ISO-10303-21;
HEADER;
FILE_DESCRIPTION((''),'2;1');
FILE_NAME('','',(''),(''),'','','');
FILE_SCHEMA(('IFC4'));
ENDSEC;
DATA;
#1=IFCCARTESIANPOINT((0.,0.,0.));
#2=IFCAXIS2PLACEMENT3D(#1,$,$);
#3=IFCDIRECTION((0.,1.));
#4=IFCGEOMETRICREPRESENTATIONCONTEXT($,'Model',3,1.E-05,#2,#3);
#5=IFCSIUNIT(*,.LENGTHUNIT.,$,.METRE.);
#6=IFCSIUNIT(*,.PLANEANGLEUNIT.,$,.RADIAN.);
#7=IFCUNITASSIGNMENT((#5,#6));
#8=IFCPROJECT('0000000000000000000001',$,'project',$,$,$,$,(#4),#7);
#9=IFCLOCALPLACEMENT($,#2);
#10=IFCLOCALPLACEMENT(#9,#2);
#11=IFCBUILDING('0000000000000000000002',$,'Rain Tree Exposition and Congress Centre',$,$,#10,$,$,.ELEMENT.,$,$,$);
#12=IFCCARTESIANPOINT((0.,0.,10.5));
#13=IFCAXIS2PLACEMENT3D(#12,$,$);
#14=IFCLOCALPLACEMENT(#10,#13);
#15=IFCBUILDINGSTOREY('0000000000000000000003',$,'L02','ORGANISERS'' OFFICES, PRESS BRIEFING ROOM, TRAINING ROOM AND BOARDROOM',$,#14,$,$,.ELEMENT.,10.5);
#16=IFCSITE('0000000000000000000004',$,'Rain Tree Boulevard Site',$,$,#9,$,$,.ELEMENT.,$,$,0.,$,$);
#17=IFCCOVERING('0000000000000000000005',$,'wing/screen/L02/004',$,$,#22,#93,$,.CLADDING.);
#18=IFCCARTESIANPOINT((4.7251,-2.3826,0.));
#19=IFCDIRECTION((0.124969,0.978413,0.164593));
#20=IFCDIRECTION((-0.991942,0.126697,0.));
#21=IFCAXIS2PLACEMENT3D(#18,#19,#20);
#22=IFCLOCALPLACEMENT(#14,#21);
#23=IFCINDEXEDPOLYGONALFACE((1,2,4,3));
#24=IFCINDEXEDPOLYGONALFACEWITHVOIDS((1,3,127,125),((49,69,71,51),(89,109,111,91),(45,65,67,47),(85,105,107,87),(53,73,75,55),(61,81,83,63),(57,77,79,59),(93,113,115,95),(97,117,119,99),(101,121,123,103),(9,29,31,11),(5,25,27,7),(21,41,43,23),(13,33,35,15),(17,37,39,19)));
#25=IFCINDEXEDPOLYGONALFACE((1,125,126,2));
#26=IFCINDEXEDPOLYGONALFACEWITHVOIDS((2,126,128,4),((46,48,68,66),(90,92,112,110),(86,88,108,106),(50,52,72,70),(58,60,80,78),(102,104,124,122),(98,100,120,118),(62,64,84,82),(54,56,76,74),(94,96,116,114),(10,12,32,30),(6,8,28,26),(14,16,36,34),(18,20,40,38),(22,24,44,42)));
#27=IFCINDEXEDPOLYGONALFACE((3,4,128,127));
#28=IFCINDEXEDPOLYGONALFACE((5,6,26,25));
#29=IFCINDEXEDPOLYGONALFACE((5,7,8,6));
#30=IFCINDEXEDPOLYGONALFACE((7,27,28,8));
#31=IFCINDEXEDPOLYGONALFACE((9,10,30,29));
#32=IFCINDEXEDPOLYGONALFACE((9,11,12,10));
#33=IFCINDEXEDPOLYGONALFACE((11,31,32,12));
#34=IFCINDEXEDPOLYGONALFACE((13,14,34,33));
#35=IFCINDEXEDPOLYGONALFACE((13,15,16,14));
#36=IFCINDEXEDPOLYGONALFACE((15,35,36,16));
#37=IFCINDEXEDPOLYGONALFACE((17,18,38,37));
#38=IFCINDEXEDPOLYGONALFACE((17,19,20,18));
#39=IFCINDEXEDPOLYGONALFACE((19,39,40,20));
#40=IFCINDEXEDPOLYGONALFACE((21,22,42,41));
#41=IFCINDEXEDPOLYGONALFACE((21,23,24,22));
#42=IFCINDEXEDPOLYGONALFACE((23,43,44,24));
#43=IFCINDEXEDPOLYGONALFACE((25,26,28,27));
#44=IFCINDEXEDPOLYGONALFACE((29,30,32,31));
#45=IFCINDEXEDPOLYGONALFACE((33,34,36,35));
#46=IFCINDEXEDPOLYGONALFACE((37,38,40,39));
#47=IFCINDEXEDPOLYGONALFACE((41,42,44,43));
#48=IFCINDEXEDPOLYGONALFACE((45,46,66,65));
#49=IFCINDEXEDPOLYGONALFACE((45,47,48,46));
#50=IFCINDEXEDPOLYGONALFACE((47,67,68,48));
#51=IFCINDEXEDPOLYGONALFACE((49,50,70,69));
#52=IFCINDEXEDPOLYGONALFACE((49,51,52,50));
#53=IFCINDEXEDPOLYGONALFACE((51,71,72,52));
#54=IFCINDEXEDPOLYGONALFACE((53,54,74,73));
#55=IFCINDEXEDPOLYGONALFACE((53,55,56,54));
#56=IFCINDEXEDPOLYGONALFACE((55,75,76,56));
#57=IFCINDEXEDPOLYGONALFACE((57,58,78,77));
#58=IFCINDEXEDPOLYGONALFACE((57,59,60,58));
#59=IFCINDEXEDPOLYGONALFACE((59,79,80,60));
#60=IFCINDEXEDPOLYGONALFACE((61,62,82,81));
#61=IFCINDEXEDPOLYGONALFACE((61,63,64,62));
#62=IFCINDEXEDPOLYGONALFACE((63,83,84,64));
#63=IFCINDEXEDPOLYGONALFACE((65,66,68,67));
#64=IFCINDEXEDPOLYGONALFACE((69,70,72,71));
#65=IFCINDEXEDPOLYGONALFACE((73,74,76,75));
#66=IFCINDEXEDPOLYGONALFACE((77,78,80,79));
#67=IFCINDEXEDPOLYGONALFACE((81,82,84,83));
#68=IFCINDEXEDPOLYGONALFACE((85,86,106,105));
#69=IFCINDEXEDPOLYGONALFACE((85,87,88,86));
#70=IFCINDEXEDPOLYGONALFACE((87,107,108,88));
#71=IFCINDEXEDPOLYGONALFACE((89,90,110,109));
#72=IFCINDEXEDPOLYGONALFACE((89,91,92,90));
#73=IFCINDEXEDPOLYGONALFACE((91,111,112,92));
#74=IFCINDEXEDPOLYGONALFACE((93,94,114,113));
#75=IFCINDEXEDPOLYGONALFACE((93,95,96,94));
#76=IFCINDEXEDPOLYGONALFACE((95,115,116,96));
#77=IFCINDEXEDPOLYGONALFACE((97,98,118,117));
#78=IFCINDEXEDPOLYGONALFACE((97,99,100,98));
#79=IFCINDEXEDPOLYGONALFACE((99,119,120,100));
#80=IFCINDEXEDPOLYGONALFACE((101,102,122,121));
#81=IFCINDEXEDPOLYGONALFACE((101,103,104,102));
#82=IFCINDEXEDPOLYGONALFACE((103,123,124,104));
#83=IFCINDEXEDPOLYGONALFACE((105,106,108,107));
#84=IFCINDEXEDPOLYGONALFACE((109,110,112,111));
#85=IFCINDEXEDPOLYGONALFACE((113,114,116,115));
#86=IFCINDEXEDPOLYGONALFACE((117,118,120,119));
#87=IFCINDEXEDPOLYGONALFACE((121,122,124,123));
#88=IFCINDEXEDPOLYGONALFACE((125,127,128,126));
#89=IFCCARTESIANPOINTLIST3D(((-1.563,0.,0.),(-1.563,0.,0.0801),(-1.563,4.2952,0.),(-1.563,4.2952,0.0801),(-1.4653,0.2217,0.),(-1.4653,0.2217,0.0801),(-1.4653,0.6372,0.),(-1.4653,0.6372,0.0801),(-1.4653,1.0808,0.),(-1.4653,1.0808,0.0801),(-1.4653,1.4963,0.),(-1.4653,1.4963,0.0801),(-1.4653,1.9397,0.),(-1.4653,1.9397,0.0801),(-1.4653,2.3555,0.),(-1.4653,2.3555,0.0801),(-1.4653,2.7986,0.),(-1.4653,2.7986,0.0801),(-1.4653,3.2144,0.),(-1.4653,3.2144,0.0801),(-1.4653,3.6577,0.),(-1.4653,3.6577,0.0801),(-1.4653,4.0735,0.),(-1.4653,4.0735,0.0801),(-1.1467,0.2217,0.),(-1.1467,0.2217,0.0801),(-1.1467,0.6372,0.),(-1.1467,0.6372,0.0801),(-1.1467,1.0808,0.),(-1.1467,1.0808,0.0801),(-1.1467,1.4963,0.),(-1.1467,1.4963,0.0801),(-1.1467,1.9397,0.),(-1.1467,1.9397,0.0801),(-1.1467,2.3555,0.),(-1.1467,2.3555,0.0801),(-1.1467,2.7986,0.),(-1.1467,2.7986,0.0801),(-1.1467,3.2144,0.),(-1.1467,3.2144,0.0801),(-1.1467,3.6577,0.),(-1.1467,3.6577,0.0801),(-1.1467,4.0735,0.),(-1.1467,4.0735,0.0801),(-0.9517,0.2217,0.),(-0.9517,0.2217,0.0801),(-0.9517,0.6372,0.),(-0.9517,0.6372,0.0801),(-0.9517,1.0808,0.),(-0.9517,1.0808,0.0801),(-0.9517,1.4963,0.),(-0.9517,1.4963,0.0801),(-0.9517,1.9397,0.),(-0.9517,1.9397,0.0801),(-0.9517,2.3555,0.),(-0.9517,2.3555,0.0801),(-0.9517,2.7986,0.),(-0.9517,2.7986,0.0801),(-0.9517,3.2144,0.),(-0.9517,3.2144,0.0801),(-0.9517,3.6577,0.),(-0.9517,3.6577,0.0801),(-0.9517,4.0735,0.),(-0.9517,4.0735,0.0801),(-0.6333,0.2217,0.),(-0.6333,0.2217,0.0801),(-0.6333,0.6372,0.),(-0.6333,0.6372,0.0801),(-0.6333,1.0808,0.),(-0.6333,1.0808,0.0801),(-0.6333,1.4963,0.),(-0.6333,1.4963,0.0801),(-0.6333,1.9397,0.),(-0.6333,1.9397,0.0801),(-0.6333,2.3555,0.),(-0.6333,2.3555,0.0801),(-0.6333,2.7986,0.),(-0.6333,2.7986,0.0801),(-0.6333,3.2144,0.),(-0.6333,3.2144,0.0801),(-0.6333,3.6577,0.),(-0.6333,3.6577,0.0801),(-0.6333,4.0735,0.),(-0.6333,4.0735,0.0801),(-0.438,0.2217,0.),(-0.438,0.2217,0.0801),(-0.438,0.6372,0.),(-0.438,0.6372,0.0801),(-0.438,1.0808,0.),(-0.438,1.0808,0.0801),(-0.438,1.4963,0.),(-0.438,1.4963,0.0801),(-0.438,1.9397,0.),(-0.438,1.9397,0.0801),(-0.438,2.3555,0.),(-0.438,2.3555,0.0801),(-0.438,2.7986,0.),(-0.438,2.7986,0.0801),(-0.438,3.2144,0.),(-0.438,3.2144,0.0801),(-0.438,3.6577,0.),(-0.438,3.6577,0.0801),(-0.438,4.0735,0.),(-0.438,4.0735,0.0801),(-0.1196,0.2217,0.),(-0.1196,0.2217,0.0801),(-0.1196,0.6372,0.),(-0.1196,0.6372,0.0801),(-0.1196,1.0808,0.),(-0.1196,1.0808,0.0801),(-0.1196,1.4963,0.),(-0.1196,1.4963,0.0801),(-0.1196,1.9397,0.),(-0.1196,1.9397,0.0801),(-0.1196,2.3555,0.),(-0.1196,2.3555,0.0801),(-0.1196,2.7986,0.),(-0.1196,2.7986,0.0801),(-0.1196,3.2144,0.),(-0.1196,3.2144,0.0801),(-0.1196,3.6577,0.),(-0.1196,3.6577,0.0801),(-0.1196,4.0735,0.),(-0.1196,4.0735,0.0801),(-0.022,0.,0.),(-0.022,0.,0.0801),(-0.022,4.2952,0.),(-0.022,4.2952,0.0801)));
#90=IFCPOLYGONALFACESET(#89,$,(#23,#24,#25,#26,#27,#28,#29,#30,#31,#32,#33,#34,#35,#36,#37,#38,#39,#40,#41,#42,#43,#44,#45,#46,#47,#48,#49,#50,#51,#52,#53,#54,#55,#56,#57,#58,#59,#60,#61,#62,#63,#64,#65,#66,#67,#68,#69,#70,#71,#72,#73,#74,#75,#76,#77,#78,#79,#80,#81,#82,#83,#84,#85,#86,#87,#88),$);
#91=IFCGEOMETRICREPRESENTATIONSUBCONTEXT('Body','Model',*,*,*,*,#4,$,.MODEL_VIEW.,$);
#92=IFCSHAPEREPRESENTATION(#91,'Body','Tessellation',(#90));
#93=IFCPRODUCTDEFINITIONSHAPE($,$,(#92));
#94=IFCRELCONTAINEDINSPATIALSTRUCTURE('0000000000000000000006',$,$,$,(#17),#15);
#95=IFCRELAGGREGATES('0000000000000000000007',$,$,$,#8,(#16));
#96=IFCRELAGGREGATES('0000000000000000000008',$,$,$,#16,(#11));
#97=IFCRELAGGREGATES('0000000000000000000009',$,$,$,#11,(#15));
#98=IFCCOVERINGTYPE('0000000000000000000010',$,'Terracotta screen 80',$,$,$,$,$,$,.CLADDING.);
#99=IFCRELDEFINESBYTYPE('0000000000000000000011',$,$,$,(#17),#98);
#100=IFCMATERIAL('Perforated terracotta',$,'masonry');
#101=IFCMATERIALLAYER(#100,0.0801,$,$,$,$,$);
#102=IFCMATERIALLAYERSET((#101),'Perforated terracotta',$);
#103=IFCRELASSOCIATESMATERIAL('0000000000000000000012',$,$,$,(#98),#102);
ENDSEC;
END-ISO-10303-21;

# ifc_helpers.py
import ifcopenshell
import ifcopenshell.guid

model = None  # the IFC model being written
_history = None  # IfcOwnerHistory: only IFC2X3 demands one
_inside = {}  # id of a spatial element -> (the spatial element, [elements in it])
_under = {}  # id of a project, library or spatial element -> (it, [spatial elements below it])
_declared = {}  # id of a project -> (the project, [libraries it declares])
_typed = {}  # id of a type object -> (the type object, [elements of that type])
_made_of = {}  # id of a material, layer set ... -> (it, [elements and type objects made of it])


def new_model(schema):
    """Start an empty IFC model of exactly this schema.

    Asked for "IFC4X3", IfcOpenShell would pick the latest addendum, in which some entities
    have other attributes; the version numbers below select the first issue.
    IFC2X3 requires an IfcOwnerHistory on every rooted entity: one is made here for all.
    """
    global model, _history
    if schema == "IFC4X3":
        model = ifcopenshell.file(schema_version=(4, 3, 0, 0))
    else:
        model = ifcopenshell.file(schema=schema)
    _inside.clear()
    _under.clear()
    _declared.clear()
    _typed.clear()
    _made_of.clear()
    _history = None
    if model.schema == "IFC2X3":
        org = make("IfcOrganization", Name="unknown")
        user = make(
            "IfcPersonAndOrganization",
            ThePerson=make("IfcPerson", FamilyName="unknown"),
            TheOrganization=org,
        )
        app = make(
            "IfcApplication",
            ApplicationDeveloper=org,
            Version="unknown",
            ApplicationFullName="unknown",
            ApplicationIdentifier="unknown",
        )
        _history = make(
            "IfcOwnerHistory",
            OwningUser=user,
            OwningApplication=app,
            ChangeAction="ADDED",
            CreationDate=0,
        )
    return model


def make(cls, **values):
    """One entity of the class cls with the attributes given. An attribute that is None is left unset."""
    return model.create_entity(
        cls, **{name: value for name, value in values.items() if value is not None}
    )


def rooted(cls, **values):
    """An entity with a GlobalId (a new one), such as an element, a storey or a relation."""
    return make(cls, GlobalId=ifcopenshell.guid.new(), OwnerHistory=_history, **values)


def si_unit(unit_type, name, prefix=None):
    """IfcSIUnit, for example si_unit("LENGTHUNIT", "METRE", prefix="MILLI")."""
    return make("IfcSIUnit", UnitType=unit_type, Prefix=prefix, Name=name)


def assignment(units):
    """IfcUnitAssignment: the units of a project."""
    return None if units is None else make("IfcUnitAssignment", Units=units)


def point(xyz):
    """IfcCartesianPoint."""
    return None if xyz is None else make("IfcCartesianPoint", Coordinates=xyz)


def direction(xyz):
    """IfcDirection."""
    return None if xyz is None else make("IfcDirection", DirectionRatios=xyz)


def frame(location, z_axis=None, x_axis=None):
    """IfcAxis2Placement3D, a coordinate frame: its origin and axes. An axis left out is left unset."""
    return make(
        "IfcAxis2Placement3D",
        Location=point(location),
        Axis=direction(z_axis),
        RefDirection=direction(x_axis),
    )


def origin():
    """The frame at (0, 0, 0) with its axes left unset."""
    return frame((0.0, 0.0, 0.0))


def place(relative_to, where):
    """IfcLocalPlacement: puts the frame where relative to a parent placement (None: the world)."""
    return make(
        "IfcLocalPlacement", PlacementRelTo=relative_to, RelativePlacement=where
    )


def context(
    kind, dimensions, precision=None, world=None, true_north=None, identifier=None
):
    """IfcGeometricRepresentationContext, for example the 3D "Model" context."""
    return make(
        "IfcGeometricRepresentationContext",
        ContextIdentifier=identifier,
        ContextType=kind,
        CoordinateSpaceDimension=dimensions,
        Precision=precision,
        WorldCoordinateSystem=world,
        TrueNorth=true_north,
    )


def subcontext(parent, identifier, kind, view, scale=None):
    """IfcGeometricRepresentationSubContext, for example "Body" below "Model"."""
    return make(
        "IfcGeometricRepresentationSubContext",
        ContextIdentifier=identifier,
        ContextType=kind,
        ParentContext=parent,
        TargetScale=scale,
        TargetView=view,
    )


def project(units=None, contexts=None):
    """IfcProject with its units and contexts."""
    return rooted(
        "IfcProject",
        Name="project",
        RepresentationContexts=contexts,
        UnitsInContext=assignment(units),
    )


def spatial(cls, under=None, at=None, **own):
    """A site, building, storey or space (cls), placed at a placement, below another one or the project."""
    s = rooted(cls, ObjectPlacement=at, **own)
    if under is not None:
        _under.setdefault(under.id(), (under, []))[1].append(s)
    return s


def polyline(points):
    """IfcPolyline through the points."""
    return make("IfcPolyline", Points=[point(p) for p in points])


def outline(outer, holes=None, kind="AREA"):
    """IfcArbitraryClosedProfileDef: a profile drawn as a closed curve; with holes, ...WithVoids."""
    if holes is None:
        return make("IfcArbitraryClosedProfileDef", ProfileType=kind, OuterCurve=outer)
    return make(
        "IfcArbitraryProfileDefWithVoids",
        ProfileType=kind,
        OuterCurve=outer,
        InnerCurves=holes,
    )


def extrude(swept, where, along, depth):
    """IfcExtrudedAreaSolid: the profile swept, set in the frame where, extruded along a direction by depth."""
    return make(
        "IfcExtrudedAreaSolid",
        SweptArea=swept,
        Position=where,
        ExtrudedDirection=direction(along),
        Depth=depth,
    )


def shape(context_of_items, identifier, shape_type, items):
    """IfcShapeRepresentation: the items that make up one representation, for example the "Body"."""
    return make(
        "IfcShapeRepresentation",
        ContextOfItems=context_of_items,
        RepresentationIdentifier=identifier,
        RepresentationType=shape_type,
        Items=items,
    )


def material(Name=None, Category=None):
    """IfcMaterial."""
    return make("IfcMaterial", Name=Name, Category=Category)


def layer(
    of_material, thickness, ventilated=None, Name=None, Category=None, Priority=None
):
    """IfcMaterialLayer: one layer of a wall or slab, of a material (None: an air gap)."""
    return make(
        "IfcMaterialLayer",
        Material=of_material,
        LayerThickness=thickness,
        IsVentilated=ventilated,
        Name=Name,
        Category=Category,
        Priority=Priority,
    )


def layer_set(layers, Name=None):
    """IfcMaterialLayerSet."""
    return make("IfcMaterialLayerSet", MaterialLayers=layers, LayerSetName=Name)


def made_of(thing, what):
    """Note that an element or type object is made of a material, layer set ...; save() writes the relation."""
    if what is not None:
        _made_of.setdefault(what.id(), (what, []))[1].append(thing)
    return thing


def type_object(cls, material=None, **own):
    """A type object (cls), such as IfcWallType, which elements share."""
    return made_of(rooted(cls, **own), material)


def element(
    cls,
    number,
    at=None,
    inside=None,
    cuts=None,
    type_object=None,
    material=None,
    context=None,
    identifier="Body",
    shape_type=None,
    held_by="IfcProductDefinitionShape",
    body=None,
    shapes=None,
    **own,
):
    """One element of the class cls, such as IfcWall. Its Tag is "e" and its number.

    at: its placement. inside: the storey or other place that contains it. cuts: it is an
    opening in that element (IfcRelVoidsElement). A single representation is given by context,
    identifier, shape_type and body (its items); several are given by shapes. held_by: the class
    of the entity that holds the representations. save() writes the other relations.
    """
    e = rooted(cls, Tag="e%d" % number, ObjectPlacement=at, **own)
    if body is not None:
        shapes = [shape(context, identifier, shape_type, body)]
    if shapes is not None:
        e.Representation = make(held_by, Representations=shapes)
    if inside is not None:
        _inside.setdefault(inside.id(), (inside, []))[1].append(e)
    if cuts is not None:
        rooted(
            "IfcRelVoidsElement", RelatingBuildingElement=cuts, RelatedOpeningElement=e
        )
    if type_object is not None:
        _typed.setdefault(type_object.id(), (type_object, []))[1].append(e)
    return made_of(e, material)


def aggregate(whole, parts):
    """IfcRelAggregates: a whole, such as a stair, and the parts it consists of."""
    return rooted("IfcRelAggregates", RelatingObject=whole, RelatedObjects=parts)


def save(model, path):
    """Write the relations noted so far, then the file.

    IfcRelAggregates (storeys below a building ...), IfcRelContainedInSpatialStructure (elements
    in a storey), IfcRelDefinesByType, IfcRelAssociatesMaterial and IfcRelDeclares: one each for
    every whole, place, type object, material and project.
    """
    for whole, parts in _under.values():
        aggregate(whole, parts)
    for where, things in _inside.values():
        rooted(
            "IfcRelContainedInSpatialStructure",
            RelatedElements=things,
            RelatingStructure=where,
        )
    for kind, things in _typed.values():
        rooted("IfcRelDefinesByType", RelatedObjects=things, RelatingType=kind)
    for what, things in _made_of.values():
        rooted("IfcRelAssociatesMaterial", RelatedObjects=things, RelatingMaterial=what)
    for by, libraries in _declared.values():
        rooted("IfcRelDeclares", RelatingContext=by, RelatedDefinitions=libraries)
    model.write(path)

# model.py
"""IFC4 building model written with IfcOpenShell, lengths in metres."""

from ifc_helpers import new_model, si_unit, direction, frame, origin, place, context, subcontext, project, spatial, polyline, outline, extrude, material, layer, layer_set, type_object, element, save


model = new_model("IFC4")

# Units and contexts
model_context = context("Model", 3, precision=1e-05, world=origin(), true_north=direction((0.0, 1.0)))
body_context = subcontext(model_context, "Body", "Model", "MODEL_VIEW")
ifc_project = project(units=[si_unit("LENGTHUNIT", "METRE"), si_unit("PLANEANGLEUNIT", "RADIAN")], contexts=[model_context])

# Site, building, storey
site_placement = place(None, origin())
site = spatial("IfcSite", under=ifc_project, at=site_placement, Name="Rain Tree Boulevard Site", CompositionType="ELEMENT", RefElevation=0.0)
building_placement = place(site_placement, origin())
building = spatial("IfcBuilding", under=site, at=building_placement, Name="Rain Tree Exposition and Congress Centre", CompositionType="ELEMENT")
storey_placement = place(building_placement, frame((0.0, 0.0, 10.5)))
storey = spatial("IfcBuildingStorey", under=building, at=storey_placement, Name="L02", Description="ORGANISERS' OFFICES, PRESS BRIEFING ROOM, TRAINING ROOM AND BOARDROOM", CompositionType="ELEMENT", Elevation=10.5)

# Covering
ifc_material_1 = material(Name="Perforated terracotta", Category="masonry")
ifc_layer_1 = layer(ifc_material_1, 0.0801)
ifc_layer_set_1 = layer_set([ifc_layer_1], Name="Perforated terracotta")
covering_type = type_object("IfcCoveringType", Name="Terracotta screen 80", PredefinedType="CLADDING", material=ifc_layer_set_1)
covering_1_placement = place(storey_placement, frame((4.7251, -2.3826, 0.0), z_axis=(0.124969, 0.978413, 0.164593), x_axis=(-0.991942, 0.126697, 0.0)))
element("IfcCovering", 1, at=covering_1_placement, inside=storey, type_object=covering_type, Name="wing/screen/L02/004", PredefinedType="CLADDING", context=body_context, shape_type="SweptSolid", body=[
    extrude(outline(polyline([(-1.563, 0.0), (-1.563, 4.2952), (-0.022, 4.2952), (-0.022, 0.0), (-1.563, 0.0)]), holes=[polyline([(-0.1196, 0.2217), (-0.1196, 0.6372), (-0.438, 0.6372), (-0.438, 0.2217), (-0.1196, 0.2217)]), polyline([(-0.1196, 1.0808), (-0.1196, 1.4963), (-0.438, 1.4963), (-0.438, 1.0808), (-0.1196, 1.0808)]), polyline([(-0.1196, 1.9397), (-0.1196, 2.3555), (-0.438, 2.3555), (-0.438, 1.9397), (-0.1196, 1.9397)]), polyline([(-0.1196, 2.7986), (-0.1196, 3.2144), (-0.438, 3.2144), (-0.438, 2.7986), (-0.1196, 2.7986)]), polyline([(-0.1196, 3.6577), (-0.1196, 4.0735), (-0.438, 4.0735), (-0.438, 3.6577), (-0.1196, 3.6577)]), polyline([(-0.6333, 0.2217), (-0.6333, 0.6372), (-0.9517, 0.6372), (-0.9517, 0.2217), (-0.6333, 0.2217)]), polyline([(-0.6333, 1.0808), (-0.6333, 1.4963), (-0.9517, 1.4963), (-0.9517, 1.0808), (-0.6333, 1.0808)]), polyline([(-0.6333, 1.9397), (-0.6333, 2.3555), (-0.9517, 2.3555), (-0.9517, 1.9397), (-0.6333, 1.9397)]), polyline([(-0.6333, 2.7986), (-0.6333, 3.2144), (-0.9517, 3.2144), (-0.9517, 2.7986), (-0.6333, 2.7986)]), polyline([(-0.6333, 3.6577), (-0.6333, 4.0735), (-0.9517, 4.0735), (-0.9517, 3.6577), (-0.6333, 3.6577)]), polyline([(-1.1467, 0.2217), (-1.1467, 0.6372), (-1.4653, 0.6372), (-1.4653, 0.2217), (-1.1467, 0.2217)]), polyline([(-1.1467, 1.0808), (-1.1467, 1.4963), (-1.4653, 1.4963), (-1.4653, 1.0808), (-1.1467, 1.0808)]), polyline([(-1.1467, 1.9397), (-1.1467, 2.3555), (-1.4653, 2.3555), (-1.4653, 1.9397), (-1.1467, 1.9397)]), polyline([(-1.1467, 2.7986), (-1.1467, 3.2144), (-1.4653, 3.2144), (-1.4653, 2.7986), (-1.1467, 2.7986)]), polyline([(-1.1467, 3.6577), (-1.1467, 4.0735), (-1.4653, 4.0735), (-1.4653, 3.6577), (-1.1467, 3.6577)])]), origin(), (0.0, 0.0, 1.0), 0.0801),
])

save(model, "model.ifc")
